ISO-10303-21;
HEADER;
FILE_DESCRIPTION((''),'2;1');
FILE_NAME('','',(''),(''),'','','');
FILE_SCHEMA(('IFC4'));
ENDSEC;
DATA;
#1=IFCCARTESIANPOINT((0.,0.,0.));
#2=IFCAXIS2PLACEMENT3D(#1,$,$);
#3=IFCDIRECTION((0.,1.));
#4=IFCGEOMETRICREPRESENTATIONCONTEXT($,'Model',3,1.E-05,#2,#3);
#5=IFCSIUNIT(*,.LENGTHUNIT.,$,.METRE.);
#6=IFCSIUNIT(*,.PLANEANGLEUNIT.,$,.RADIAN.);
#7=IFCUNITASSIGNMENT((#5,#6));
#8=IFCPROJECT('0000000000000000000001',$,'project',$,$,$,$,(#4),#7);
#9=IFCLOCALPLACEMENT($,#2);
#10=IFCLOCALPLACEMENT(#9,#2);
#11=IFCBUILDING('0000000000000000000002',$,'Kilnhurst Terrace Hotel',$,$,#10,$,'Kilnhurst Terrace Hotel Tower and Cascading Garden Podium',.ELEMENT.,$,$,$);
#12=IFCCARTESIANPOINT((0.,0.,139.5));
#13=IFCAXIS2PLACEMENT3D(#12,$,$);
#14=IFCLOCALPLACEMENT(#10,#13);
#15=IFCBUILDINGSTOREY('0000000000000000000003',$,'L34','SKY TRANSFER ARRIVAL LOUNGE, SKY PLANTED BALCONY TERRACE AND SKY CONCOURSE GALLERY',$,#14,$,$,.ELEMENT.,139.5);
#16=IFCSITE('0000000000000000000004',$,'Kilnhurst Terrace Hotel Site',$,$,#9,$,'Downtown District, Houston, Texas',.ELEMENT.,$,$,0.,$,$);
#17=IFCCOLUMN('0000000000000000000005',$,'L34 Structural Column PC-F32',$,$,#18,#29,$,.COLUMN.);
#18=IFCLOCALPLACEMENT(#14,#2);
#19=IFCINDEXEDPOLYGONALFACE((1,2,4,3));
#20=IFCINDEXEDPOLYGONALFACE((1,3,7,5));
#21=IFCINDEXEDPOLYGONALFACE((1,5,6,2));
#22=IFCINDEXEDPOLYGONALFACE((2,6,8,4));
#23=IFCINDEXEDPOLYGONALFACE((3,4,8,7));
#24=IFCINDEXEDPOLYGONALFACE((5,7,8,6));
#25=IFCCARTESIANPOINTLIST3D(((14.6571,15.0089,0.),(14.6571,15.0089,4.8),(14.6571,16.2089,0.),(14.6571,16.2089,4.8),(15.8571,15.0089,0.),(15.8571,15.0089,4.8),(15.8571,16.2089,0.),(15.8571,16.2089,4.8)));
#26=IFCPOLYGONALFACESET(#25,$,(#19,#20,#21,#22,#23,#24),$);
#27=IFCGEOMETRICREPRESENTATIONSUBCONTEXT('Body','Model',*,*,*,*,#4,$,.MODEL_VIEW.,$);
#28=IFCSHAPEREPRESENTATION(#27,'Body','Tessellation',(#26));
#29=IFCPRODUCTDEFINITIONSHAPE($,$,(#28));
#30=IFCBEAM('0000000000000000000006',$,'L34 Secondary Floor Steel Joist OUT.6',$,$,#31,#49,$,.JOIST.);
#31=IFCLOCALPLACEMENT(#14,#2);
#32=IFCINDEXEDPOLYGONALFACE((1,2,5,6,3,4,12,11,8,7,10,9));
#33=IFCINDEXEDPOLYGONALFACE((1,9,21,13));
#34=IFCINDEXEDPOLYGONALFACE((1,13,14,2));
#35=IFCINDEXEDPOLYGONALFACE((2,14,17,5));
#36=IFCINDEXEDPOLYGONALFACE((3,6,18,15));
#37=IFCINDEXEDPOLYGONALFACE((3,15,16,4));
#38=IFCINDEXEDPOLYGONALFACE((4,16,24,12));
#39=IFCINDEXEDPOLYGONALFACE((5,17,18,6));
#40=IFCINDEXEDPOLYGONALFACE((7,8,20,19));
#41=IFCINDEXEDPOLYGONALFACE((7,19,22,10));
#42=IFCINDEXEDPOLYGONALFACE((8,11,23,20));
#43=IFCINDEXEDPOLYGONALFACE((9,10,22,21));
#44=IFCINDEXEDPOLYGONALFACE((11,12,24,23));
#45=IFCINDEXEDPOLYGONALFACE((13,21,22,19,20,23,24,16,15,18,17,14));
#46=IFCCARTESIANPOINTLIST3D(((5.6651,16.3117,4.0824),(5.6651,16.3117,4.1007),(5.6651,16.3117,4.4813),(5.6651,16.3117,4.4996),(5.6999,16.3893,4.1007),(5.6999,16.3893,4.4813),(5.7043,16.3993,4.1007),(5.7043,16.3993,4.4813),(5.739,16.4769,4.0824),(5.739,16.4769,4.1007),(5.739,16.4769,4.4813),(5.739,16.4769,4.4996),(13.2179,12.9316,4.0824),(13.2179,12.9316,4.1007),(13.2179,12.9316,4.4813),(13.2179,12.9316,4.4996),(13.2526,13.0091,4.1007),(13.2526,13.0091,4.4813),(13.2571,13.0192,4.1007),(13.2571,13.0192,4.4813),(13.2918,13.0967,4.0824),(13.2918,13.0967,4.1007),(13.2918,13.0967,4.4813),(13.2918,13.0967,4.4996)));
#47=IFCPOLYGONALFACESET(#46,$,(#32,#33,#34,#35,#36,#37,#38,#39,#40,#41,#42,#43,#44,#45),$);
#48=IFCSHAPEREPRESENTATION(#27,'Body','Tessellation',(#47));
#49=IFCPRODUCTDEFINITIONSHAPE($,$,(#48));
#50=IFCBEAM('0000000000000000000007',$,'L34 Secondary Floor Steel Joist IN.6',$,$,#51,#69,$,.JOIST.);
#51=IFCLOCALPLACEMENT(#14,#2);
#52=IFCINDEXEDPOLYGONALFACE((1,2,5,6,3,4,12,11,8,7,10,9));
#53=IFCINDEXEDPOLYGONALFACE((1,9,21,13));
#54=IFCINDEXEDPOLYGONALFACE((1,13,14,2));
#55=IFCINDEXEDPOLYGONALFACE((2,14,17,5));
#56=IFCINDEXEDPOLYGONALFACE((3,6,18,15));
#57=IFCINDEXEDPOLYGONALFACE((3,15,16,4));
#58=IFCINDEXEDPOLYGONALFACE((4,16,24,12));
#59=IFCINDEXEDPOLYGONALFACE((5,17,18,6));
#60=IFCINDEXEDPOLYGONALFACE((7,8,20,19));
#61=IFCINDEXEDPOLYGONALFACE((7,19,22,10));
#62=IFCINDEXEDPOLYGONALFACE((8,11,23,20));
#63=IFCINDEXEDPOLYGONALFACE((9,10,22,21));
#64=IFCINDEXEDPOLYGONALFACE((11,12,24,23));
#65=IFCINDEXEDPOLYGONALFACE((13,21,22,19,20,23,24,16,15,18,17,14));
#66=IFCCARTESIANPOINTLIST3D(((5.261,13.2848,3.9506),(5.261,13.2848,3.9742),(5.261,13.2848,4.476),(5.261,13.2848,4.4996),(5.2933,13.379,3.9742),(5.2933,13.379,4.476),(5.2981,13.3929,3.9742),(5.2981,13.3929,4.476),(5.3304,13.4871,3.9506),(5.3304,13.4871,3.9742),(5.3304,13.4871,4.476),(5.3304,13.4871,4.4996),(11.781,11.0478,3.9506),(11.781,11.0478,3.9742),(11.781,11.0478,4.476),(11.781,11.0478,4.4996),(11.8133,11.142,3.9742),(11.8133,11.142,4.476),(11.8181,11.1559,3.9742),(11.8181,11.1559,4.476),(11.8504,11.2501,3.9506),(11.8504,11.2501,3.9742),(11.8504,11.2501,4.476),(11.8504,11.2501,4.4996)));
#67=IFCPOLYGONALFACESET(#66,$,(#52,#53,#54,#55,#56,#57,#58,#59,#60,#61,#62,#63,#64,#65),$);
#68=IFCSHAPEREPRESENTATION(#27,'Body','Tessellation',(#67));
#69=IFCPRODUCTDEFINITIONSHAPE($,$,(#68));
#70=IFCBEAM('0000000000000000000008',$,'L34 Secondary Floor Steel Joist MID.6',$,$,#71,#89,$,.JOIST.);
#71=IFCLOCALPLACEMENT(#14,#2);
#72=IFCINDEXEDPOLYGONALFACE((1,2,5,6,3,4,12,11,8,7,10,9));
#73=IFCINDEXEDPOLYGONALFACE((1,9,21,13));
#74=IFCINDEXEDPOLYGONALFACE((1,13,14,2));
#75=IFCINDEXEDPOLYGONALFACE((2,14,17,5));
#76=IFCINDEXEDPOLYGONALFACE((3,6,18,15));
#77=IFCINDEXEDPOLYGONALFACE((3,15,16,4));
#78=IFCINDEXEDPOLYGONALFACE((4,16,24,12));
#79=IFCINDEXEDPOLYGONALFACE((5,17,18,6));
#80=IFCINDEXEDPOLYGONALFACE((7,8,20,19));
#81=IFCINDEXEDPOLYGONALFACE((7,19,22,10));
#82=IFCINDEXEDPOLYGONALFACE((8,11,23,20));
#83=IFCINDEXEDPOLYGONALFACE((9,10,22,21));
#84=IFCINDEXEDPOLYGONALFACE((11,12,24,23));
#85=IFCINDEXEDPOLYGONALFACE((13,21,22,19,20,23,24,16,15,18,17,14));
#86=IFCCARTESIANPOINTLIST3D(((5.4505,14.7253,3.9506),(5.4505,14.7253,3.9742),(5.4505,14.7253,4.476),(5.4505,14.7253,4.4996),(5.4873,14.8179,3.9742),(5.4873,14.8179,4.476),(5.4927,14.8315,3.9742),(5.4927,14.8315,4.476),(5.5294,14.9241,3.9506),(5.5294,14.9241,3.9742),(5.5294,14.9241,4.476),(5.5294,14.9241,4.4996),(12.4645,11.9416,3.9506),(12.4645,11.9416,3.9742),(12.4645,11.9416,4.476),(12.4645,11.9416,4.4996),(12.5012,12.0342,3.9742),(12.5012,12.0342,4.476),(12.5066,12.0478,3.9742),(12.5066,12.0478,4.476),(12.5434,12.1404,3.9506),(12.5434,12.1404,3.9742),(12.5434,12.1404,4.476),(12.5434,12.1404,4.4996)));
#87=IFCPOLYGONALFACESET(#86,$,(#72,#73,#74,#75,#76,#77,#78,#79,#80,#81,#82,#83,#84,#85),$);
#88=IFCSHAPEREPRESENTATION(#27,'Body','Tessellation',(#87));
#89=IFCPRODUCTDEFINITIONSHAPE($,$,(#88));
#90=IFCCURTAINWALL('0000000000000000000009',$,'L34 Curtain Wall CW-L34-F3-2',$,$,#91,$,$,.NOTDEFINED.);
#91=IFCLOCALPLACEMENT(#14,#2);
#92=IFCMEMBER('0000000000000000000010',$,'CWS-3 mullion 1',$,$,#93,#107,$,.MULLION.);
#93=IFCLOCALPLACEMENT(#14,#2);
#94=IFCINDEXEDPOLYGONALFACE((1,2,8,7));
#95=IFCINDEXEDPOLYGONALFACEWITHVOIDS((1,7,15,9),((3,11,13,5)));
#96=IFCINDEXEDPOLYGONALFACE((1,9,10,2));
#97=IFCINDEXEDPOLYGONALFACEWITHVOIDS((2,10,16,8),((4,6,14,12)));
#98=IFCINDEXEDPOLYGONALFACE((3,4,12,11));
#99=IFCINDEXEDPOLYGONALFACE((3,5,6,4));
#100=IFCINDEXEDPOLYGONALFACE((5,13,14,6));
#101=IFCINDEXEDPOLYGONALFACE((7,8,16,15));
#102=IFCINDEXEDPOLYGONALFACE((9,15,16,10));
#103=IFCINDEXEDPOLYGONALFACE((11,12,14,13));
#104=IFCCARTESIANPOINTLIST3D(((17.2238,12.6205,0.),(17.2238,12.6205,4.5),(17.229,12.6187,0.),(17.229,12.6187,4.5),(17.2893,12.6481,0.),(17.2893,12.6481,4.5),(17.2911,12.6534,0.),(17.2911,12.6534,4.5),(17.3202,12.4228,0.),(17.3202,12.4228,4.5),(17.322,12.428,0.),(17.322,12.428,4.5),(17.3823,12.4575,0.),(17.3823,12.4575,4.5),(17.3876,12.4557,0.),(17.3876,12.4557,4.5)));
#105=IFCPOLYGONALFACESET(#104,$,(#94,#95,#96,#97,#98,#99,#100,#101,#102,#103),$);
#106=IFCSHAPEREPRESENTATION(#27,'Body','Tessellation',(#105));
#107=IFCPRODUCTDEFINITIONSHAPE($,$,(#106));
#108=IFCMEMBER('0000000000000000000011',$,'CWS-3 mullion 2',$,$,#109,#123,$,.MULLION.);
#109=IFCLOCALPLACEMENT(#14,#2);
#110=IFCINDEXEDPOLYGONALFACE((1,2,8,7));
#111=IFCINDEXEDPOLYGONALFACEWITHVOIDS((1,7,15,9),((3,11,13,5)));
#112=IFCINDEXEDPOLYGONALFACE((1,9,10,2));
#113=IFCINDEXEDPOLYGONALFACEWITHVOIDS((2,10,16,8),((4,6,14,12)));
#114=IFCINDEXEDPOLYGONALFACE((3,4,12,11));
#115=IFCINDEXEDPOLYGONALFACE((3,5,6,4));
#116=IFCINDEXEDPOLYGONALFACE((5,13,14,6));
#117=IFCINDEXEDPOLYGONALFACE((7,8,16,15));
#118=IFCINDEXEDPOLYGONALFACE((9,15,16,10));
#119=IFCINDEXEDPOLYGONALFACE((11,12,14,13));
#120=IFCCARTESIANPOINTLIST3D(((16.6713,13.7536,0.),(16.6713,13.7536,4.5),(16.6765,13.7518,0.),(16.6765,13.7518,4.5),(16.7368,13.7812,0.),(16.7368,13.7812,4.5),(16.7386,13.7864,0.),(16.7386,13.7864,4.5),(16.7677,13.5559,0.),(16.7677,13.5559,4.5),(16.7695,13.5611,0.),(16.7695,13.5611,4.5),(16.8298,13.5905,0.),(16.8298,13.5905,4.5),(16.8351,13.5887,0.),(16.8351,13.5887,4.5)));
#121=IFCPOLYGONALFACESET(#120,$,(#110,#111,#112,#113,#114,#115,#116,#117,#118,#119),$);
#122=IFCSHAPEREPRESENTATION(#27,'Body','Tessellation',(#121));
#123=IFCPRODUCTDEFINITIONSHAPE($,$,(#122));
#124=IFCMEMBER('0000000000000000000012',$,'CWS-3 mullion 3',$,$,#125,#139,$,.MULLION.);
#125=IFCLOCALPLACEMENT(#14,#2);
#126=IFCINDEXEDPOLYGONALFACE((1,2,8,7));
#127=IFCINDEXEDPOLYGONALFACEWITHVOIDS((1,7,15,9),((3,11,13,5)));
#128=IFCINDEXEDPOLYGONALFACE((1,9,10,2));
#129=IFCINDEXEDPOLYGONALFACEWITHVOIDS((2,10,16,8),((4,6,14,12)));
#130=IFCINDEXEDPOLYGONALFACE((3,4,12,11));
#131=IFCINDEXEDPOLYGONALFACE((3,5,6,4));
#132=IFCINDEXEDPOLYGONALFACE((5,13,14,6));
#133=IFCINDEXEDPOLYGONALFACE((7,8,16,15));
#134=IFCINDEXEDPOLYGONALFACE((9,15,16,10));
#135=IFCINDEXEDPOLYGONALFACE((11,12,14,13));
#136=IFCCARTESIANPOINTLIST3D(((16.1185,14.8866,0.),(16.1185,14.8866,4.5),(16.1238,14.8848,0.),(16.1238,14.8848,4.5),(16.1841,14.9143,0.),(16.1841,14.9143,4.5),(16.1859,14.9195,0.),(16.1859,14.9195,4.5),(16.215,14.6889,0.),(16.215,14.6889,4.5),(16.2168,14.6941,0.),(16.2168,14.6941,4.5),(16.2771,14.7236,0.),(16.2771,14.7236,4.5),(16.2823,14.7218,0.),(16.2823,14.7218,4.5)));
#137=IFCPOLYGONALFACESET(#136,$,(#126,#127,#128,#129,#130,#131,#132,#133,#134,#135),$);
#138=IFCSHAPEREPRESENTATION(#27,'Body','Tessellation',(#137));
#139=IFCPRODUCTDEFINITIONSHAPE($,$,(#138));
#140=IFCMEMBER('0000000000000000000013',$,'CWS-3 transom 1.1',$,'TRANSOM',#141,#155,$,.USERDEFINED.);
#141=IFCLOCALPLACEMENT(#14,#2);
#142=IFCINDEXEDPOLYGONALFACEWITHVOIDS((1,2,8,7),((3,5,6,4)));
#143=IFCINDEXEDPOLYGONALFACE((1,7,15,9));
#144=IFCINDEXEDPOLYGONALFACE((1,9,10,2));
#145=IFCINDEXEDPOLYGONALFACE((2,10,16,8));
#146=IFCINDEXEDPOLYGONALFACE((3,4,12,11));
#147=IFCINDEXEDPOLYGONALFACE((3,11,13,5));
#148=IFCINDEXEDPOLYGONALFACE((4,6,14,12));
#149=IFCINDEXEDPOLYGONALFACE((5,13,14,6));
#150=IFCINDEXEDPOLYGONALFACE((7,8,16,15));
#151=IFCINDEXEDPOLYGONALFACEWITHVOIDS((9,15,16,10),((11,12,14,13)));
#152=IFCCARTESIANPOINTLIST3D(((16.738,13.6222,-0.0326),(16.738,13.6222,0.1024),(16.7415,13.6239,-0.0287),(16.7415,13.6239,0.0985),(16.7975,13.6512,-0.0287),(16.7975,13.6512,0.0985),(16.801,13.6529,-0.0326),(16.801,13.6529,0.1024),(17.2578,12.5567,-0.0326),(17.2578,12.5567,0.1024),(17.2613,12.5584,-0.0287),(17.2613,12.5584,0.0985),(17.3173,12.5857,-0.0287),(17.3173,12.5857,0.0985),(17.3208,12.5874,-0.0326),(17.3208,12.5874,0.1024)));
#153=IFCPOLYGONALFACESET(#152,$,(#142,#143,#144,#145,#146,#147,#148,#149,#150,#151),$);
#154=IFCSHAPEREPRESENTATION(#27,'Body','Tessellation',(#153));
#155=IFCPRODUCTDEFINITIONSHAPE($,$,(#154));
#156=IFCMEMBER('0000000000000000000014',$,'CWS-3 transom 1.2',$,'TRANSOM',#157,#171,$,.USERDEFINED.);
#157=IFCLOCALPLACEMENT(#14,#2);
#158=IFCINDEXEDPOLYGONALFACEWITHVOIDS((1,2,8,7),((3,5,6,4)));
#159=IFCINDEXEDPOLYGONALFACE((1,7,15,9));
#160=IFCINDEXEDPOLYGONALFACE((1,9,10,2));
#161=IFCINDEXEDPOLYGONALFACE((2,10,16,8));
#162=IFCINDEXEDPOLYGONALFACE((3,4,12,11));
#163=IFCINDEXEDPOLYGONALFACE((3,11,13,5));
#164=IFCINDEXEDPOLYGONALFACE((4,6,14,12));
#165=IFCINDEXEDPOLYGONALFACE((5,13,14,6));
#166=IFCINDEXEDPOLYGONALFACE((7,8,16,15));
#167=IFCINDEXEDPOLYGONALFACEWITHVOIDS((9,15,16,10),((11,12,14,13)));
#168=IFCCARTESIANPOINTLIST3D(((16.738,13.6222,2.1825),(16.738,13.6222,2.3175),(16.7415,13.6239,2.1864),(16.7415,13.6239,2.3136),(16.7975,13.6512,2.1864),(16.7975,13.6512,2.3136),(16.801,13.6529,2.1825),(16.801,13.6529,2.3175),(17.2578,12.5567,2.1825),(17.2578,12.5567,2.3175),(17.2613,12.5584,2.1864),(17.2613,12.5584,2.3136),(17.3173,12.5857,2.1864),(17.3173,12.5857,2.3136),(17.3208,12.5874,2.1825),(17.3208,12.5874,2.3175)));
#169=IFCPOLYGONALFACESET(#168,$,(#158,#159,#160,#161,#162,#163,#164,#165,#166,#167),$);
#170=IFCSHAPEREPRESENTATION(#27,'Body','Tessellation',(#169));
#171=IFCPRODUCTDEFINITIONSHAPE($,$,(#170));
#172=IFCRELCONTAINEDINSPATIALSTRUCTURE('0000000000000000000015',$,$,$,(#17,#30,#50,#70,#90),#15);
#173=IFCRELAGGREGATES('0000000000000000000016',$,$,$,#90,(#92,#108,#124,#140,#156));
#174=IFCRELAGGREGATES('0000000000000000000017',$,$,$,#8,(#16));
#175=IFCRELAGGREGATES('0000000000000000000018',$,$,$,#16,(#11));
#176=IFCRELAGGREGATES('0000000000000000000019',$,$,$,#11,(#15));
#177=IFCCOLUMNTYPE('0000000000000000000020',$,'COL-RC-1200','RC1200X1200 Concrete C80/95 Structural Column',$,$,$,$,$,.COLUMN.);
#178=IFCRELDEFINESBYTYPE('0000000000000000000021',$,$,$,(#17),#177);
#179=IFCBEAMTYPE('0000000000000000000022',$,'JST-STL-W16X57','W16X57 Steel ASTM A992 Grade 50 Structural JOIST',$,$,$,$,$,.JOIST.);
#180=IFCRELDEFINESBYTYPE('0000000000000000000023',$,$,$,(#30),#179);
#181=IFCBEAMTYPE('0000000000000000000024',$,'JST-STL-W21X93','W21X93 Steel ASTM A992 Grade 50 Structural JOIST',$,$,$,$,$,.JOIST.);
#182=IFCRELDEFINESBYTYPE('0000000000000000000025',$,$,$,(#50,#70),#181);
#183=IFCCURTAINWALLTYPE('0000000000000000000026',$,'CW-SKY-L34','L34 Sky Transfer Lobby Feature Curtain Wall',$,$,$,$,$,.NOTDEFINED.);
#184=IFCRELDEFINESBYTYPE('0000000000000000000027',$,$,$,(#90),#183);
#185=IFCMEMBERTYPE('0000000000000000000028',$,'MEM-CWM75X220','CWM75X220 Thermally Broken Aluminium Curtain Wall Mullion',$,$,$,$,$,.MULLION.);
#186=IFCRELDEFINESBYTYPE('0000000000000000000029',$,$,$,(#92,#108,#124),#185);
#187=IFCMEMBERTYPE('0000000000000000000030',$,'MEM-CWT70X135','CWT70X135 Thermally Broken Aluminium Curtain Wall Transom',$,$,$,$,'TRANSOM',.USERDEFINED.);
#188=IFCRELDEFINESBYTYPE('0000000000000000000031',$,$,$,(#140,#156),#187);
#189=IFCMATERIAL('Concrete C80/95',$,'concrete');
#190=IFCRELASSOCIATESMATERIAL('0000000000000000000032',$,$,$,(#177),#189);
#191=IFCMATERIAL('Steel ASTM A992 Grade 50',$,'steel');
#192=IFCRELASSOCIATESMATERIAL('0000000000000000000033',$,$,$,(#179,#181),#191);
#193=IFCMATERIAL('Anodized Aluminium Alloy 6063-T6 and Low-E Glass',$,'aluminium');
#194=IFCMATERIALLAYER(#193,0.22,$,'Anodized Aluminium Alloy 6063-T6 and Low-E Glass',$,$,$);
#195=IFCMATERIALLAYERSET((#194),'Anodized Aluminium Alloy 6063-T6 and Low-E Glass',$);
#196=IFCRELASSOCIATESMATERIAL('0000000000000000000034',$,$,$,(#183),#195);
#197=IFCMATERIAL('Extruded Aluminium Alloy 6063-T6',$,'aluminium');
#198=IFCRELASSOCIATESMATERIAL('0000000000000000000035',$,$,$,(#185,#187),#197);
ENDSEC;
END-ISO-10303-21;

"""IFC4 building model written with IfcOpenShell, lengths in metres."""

from ifc_helpers import new_model, si_unit, direction, frame, origin, origin_2d, place, context, subcontext, project, spatial, rectangle, hollow_rectangle, i_section, extrude, material, layer, layer_set, material_profile, profile_set, type_object, element, aggregate, save


model = new_model("IFC4")

# Units and contexts
model_context = context("Model", 3, precision=1e-05, world=origin(), true_north=direction((0.0, 1.0)))
body_context = subcontext(model_context, "Body", "Model", "MODEL_VIEW")
ifc_project = project(units=[si_unit("LENGTHUNIT", "METRE"), si_unit("PLANEANGLEUNIT", "RADIAN")], contexts=[model_context])

# Site, building, storey
site_placement = place(None, origin())
site = spatial("IfcSite", under=ifc_project, at=site_placement, Name="Kilnhurst Terrace Hotel Site", LongName="Downtown District, Houston, Texas", CompositionType="ELEMENT", RefElevation=0.0)
building_placement = place(site_placement, origin())
building = spatial("IfcBuilding", under=site, at=building_placement, Name="Kilnhurst Terrace Hotel", LongName="Kilnhurst Terrace Hotel Tower and Cascading Garden Podium", CompositionType="ELEMENT")
storey_placement = place(building_placement, frame((0.0, 0.0, 139.5)))
storey = spatial("IfcBuildingStorey", under=building, at=storey_placement, Name="L34", Description="SKY TRANSFER ARRIVAL LOUNGE, SKY PLANTED BALCONY TERRACE AND SKY CONCOURSE GALLERY", CompositionType="ELEMENT", Elevation=139.5)

# Column
ifc_material_1 = material(Name="Concrete C80/95", Category="concrete")
ifc_material_profile_1 = material_profile(ifc_material_1, rectangle(XDim=1.2, YDim=1.2, at=origin_2d()), Name="RC1200X1200")
ifc_profile_set_1 = profile_set([ifc_material_profile_1], Name="Concrete C80/95")
column_type = type_object("IfcColumnType", Name="COL-RC-1200", Description="RC1200X1200 Concrete C80/95 Structural Column", PredefinedType="COLUMN", material=ifc_profile_set_1)
column_placement = place(storey_placement, frame((15.2571, 15.6089, 0.0), z_axis=(0.0, 0.0, 1.0), x_axis=(1.0, 0.0, 0.0)))
element("IfcColumn", 1, at=column_placement, inside=storey, type_object=column_type, Name="L34 Structural Column PC-F32", PredefinedType="COLUMN", context=body_context, shape_type="SweptSolid", body=[
    extrude(rectangle(XDim=1.2, YDim=1.2, at=origin_2d()), origin(), (0.0, 0.0, 1.0), 4.8),
])

# Beams
ifc_material_2 = material(Name="Steel ASTM A992 Grade 50", Category="steel")
ifc_material_profile_2 = material_profile(ifc_material_2, i_section(OverallWidth=0.1809, OverallDepth=0.4172, WebThickness=0.011, FlangeThickness=0.0183, at=origin_2d()), Name="W16X57")
ifc_profile_set_2 = profile_set([ifc_material_profile_2], Name="Steel ASTM A992 Grade 50")
beam_type_1 = type_object("IfcBeamType", Name="JST-STL-W16X57", Description="W16X57 Steel ASTM A992 Grade 50 Structural JOIST", PredefinedType="JOIST", material=ifc_profile_set_2)
beam_1_placement = place(storey_placement, frame((13.2549, 13.0142, 4.291), z_axis=(-0.912761, 0.408494, 0.0), x_axis=(-0.408494, -0.912761, 0.0)))
element("IfcBeam", 2, at=beam_1_placement, inside=storey, type_object=beam_type_1, Name="L34 Secondary Floor Steel Joist OUT.6", PredefinedType="JOIST", context=body_context, shape_type="SweptSolid", body=[
    extrude(i_section(OverallWidth=0.1809, OverallDepth=0.4172, WebThickness=0.011, FlangeThickness=0.0183, at=origin_2d()), origin(), (0.0, 0.0, 1.0), 8.2747),
])
ifc_material_profile_3 = material_profile(ifc_material_2, i_section(OverallWidth=0.2139, OverallDepth=0.5491, WebThickness=0.0146, FlangeThickness=0.0237, at=origin_2d()), Name="W21X93")
ifc_profile_set_3 = profile_set([ifc_material_profile_3], Name="Steel ASTM A992 Grade 50")
beam_type_2 = type_object("IfcBeamType", Name="JST-STL-W21X93", Description="W21X93 Steel ASTM A992 Grade 50 Structural JOIST", PredefinedType="JOIST", material=ifc_profile_set_3)
beam_2_placement = place(storey_placement, frame((11.8157, 11.1489, 4.2251), z_axis=(-0.945874, 0.324535, 0.0), x_axis=(-0.324535, -0.945874, 0.0)))
element("IfcBeam", 3, at=beam_2_placement, inside=storey, type_object=beam_type_2, Name="L34 Secondary Floor Steel Joist IN.6", PredefinedType="JOIST", context=body_context, shape_type="SweptSolid", body=[
    extrude(i_section(OverallWidth=0.2139, OverallDepth=0.5491, WebThickness=0.0146, FlangeThickness=0.0237, at=origin_2d()), origin(), (0.0, 0.0, 1.0), 6.8931),
])
beam_3_placement = place(storey_placement, frame((12.5039, 12.041, 4.2251), z_axis=(-0.929473, 0.36889, 0.0), x_axis=(-0.36889, -0.929473, 0.0)))
element("IfcBeam", 4, at=beam_3_placement, inside=storey, type_object=beam_type_2, Name="L34 Secondary Floor Steel Joist MID.6", PredefinedType="JOIST", context=body_context, shape_type="SweptSolid", body=[
    extrude(i_section(OverallWidth=0.2139, OverallDepth=0.5491, WebThickness=0.0146, FlangeThickness=0.0237, at=origin_2d()), origin(), (0.0, 0.0, 1.0), 7.5461),
])

# Curtain wall, members
ifc_material_3 = material(Name="Anodized Aluminium Alloy 6063-T6 and Low-E Glass", Category="aluminium")
ifc_layer_1 = layer(ifc_material_3, 0.22, Name="Anodized Aluminium Alloy 6063-T6 and Low-E Glass")
ifc_layer_set_1 = layer_set([ifc_layer_1], Name="Anodized Aluminium Alloy 6063-T6 and Low-E Glass")
curtain_wall_type = type_object("IfcCurtainWallType", Name="CW-SKY-L34", Description="L34 Sky Transfer Lobby Feature Curtain Wall", PredefinedType="NOTDEFINED", material=ifc_layer_set_1)
curtain_wall_placement = place(storey_placement, origin())
curtain_wall = element("IfcCurtainWall", 5, at=curtain_wall_placement, inside=storey, type_object=curtain_wall_type, Name="L34 Curtain Wall CW-L34-F3-2", PredefinedType="NOTDEFINED")
ifc_material_4 = material(Name="Extruded Aluminium Alloy 6063-T6", Category="aluminium")
ifc_material_profile_4 = material_profile(ifc_material_4, hollow_rectangle(XDim=0.075, YDim=0.22, WallThickness=0.0039, at=origin_2d()), Name="CWM75X220")
ifc_profile_set_4 = profile_set([ifc_material_profile_4], Name="Extruded Aluminium Alloy 6063-T6")
member_type_1 = type_object("IfcMemberType", Name="MEM-CWM75X220", Description="CWM75X220 Thermally Broken Aluminium Curtain Wall Mullion", PredefinedType="MULLION", material=ifc_profile_set_4)
member_1_placement = place(storey_placement, frame((17.3057, 12.5381, 0.0), z_axis=(0.0, 0.0, 1.0), x_axis=(-0.898798, -0.438363, 0.0)))
member_1 = element("IfcMember", 6, at=member_1_placement, type_object=member_type_1, Name="CWS-3 mullion 1", PredefinedType="MULLION", context=body_context, shape_type="SweptSolid", body=[
    extrude(hollow_rectangle(XDim=0.075, YDim=0.22, WallThickness=0.0039, at=origin_2d()), origin(), (0.0, 0.0, 1.0), 4.5),
])
member_2_placement = place(storey_placement, frame((16.7532, 13.6711, 0.0), z_axis=(0.0, 0.0, 1.0), x_axis=(-0.898798, -0.438363, 0.0)))
member_2 = element("IfcMember", 7, at=member_2_placement, type_object=member_type_1, Name="CWS-3 mullion 2", PredefinedType="MULLION", context=body_context, shape_type="SweptSolid", body=[
    extrude(hollow_rectangle(XDim=0.075, YDim=0.22, WallThickness=0.0039, at=origin_2d()), origin(), (0.0, 0.0, 1.0), 4.5),
])
member_3_placement = place(storey_placement, frame((16.2004, 14.8042, 0.0), z_axis=(0.0, 0.0, 1.0), x_axis=(-0.898798, -0.438363, 0.0)))
member_3 = element("IfcMember", 8, at=member_3_placement, type_object=member_type_1, Name="CWS-3 mullion 3", PredefinedType="MULLION", context=body_context, shape_type="SweptSolid", body=[
    extrude(hollow_rectangle(XDim=0.075, YDim=0.22, WallThickness=0.0039, at=origin_2d()), origin(), (0.0, 0.0, 1.0), 4.5),
])
ifc_material_profile_5 = material_profile(ifc_material_4, hollow_rectangle(XDim=0.0701, YDim=0.135, WallThickness=0.0039, at=origin_2d()), Name="CWT70X135")
ifc_profile_set_5 = profile_set([ifc_material_profile_5], Name="Extruded Aluminium Alloy 6063-T6")
member_type_2 = type_object("IfcMemberType", Name="MEM-CWT70X135", Description="CWT70X135 Thermally Broken Aluminium Curtain Wall Transom", ElementType="TRANSOM", PredefinedType="USERDEFINED", material=ifc_profile_set_5)
member_4_placement = place(storey_placement, frame((17.2893, 12.572, 0.0349), z_axis=(-0.43846, 0.898751, 0.0), x_axis=(-0.898751, -0.43846, 0.0)))
member_4 = element("IfcMember", 9, at=member_4_placement, type_object=member_type_2, Name="CWS-3 transom 1.1", ObjectType="TRANSOM", PredefinedType="USERDEFINED", context=body_context, shape_type="SweptSolid", body=[
    extrude(hollow_rectangle(XDim=0.0701, YDim=0.135, WallThickness=0.0039, at=origin_2d()), origin(), (0.0, 0.0, 1.0), 1.1855),
])
member_5_placement = place(storey_placement, frame((17.2893, 12.572, 2.25), z_axis=(-0.43846, 0.898751, 0.0), x_axis=(-0.898751, -0.43846, 0.0)))
member_5 = element("IfcMember", 10, at=member_5_placement, type_object=member_type_2, Name="CWS-3 transom 1.2", ObjectType="TRANSOM", PredefinedType="USERDEFINED", context=body_context, shape_type="SweptSolid", body=[
    extrude(hollow_rectangle(XDim=0.0701, YDim=0.135, WallThickness=0.0039, at=origin_2d()), origin(), (0.0, 0.0, 1.0), 1.1855),
])

aggregate(curtain_wall, [member_1, member_2, member_3, member_4, member_5])

save(model, "model.ifc")
